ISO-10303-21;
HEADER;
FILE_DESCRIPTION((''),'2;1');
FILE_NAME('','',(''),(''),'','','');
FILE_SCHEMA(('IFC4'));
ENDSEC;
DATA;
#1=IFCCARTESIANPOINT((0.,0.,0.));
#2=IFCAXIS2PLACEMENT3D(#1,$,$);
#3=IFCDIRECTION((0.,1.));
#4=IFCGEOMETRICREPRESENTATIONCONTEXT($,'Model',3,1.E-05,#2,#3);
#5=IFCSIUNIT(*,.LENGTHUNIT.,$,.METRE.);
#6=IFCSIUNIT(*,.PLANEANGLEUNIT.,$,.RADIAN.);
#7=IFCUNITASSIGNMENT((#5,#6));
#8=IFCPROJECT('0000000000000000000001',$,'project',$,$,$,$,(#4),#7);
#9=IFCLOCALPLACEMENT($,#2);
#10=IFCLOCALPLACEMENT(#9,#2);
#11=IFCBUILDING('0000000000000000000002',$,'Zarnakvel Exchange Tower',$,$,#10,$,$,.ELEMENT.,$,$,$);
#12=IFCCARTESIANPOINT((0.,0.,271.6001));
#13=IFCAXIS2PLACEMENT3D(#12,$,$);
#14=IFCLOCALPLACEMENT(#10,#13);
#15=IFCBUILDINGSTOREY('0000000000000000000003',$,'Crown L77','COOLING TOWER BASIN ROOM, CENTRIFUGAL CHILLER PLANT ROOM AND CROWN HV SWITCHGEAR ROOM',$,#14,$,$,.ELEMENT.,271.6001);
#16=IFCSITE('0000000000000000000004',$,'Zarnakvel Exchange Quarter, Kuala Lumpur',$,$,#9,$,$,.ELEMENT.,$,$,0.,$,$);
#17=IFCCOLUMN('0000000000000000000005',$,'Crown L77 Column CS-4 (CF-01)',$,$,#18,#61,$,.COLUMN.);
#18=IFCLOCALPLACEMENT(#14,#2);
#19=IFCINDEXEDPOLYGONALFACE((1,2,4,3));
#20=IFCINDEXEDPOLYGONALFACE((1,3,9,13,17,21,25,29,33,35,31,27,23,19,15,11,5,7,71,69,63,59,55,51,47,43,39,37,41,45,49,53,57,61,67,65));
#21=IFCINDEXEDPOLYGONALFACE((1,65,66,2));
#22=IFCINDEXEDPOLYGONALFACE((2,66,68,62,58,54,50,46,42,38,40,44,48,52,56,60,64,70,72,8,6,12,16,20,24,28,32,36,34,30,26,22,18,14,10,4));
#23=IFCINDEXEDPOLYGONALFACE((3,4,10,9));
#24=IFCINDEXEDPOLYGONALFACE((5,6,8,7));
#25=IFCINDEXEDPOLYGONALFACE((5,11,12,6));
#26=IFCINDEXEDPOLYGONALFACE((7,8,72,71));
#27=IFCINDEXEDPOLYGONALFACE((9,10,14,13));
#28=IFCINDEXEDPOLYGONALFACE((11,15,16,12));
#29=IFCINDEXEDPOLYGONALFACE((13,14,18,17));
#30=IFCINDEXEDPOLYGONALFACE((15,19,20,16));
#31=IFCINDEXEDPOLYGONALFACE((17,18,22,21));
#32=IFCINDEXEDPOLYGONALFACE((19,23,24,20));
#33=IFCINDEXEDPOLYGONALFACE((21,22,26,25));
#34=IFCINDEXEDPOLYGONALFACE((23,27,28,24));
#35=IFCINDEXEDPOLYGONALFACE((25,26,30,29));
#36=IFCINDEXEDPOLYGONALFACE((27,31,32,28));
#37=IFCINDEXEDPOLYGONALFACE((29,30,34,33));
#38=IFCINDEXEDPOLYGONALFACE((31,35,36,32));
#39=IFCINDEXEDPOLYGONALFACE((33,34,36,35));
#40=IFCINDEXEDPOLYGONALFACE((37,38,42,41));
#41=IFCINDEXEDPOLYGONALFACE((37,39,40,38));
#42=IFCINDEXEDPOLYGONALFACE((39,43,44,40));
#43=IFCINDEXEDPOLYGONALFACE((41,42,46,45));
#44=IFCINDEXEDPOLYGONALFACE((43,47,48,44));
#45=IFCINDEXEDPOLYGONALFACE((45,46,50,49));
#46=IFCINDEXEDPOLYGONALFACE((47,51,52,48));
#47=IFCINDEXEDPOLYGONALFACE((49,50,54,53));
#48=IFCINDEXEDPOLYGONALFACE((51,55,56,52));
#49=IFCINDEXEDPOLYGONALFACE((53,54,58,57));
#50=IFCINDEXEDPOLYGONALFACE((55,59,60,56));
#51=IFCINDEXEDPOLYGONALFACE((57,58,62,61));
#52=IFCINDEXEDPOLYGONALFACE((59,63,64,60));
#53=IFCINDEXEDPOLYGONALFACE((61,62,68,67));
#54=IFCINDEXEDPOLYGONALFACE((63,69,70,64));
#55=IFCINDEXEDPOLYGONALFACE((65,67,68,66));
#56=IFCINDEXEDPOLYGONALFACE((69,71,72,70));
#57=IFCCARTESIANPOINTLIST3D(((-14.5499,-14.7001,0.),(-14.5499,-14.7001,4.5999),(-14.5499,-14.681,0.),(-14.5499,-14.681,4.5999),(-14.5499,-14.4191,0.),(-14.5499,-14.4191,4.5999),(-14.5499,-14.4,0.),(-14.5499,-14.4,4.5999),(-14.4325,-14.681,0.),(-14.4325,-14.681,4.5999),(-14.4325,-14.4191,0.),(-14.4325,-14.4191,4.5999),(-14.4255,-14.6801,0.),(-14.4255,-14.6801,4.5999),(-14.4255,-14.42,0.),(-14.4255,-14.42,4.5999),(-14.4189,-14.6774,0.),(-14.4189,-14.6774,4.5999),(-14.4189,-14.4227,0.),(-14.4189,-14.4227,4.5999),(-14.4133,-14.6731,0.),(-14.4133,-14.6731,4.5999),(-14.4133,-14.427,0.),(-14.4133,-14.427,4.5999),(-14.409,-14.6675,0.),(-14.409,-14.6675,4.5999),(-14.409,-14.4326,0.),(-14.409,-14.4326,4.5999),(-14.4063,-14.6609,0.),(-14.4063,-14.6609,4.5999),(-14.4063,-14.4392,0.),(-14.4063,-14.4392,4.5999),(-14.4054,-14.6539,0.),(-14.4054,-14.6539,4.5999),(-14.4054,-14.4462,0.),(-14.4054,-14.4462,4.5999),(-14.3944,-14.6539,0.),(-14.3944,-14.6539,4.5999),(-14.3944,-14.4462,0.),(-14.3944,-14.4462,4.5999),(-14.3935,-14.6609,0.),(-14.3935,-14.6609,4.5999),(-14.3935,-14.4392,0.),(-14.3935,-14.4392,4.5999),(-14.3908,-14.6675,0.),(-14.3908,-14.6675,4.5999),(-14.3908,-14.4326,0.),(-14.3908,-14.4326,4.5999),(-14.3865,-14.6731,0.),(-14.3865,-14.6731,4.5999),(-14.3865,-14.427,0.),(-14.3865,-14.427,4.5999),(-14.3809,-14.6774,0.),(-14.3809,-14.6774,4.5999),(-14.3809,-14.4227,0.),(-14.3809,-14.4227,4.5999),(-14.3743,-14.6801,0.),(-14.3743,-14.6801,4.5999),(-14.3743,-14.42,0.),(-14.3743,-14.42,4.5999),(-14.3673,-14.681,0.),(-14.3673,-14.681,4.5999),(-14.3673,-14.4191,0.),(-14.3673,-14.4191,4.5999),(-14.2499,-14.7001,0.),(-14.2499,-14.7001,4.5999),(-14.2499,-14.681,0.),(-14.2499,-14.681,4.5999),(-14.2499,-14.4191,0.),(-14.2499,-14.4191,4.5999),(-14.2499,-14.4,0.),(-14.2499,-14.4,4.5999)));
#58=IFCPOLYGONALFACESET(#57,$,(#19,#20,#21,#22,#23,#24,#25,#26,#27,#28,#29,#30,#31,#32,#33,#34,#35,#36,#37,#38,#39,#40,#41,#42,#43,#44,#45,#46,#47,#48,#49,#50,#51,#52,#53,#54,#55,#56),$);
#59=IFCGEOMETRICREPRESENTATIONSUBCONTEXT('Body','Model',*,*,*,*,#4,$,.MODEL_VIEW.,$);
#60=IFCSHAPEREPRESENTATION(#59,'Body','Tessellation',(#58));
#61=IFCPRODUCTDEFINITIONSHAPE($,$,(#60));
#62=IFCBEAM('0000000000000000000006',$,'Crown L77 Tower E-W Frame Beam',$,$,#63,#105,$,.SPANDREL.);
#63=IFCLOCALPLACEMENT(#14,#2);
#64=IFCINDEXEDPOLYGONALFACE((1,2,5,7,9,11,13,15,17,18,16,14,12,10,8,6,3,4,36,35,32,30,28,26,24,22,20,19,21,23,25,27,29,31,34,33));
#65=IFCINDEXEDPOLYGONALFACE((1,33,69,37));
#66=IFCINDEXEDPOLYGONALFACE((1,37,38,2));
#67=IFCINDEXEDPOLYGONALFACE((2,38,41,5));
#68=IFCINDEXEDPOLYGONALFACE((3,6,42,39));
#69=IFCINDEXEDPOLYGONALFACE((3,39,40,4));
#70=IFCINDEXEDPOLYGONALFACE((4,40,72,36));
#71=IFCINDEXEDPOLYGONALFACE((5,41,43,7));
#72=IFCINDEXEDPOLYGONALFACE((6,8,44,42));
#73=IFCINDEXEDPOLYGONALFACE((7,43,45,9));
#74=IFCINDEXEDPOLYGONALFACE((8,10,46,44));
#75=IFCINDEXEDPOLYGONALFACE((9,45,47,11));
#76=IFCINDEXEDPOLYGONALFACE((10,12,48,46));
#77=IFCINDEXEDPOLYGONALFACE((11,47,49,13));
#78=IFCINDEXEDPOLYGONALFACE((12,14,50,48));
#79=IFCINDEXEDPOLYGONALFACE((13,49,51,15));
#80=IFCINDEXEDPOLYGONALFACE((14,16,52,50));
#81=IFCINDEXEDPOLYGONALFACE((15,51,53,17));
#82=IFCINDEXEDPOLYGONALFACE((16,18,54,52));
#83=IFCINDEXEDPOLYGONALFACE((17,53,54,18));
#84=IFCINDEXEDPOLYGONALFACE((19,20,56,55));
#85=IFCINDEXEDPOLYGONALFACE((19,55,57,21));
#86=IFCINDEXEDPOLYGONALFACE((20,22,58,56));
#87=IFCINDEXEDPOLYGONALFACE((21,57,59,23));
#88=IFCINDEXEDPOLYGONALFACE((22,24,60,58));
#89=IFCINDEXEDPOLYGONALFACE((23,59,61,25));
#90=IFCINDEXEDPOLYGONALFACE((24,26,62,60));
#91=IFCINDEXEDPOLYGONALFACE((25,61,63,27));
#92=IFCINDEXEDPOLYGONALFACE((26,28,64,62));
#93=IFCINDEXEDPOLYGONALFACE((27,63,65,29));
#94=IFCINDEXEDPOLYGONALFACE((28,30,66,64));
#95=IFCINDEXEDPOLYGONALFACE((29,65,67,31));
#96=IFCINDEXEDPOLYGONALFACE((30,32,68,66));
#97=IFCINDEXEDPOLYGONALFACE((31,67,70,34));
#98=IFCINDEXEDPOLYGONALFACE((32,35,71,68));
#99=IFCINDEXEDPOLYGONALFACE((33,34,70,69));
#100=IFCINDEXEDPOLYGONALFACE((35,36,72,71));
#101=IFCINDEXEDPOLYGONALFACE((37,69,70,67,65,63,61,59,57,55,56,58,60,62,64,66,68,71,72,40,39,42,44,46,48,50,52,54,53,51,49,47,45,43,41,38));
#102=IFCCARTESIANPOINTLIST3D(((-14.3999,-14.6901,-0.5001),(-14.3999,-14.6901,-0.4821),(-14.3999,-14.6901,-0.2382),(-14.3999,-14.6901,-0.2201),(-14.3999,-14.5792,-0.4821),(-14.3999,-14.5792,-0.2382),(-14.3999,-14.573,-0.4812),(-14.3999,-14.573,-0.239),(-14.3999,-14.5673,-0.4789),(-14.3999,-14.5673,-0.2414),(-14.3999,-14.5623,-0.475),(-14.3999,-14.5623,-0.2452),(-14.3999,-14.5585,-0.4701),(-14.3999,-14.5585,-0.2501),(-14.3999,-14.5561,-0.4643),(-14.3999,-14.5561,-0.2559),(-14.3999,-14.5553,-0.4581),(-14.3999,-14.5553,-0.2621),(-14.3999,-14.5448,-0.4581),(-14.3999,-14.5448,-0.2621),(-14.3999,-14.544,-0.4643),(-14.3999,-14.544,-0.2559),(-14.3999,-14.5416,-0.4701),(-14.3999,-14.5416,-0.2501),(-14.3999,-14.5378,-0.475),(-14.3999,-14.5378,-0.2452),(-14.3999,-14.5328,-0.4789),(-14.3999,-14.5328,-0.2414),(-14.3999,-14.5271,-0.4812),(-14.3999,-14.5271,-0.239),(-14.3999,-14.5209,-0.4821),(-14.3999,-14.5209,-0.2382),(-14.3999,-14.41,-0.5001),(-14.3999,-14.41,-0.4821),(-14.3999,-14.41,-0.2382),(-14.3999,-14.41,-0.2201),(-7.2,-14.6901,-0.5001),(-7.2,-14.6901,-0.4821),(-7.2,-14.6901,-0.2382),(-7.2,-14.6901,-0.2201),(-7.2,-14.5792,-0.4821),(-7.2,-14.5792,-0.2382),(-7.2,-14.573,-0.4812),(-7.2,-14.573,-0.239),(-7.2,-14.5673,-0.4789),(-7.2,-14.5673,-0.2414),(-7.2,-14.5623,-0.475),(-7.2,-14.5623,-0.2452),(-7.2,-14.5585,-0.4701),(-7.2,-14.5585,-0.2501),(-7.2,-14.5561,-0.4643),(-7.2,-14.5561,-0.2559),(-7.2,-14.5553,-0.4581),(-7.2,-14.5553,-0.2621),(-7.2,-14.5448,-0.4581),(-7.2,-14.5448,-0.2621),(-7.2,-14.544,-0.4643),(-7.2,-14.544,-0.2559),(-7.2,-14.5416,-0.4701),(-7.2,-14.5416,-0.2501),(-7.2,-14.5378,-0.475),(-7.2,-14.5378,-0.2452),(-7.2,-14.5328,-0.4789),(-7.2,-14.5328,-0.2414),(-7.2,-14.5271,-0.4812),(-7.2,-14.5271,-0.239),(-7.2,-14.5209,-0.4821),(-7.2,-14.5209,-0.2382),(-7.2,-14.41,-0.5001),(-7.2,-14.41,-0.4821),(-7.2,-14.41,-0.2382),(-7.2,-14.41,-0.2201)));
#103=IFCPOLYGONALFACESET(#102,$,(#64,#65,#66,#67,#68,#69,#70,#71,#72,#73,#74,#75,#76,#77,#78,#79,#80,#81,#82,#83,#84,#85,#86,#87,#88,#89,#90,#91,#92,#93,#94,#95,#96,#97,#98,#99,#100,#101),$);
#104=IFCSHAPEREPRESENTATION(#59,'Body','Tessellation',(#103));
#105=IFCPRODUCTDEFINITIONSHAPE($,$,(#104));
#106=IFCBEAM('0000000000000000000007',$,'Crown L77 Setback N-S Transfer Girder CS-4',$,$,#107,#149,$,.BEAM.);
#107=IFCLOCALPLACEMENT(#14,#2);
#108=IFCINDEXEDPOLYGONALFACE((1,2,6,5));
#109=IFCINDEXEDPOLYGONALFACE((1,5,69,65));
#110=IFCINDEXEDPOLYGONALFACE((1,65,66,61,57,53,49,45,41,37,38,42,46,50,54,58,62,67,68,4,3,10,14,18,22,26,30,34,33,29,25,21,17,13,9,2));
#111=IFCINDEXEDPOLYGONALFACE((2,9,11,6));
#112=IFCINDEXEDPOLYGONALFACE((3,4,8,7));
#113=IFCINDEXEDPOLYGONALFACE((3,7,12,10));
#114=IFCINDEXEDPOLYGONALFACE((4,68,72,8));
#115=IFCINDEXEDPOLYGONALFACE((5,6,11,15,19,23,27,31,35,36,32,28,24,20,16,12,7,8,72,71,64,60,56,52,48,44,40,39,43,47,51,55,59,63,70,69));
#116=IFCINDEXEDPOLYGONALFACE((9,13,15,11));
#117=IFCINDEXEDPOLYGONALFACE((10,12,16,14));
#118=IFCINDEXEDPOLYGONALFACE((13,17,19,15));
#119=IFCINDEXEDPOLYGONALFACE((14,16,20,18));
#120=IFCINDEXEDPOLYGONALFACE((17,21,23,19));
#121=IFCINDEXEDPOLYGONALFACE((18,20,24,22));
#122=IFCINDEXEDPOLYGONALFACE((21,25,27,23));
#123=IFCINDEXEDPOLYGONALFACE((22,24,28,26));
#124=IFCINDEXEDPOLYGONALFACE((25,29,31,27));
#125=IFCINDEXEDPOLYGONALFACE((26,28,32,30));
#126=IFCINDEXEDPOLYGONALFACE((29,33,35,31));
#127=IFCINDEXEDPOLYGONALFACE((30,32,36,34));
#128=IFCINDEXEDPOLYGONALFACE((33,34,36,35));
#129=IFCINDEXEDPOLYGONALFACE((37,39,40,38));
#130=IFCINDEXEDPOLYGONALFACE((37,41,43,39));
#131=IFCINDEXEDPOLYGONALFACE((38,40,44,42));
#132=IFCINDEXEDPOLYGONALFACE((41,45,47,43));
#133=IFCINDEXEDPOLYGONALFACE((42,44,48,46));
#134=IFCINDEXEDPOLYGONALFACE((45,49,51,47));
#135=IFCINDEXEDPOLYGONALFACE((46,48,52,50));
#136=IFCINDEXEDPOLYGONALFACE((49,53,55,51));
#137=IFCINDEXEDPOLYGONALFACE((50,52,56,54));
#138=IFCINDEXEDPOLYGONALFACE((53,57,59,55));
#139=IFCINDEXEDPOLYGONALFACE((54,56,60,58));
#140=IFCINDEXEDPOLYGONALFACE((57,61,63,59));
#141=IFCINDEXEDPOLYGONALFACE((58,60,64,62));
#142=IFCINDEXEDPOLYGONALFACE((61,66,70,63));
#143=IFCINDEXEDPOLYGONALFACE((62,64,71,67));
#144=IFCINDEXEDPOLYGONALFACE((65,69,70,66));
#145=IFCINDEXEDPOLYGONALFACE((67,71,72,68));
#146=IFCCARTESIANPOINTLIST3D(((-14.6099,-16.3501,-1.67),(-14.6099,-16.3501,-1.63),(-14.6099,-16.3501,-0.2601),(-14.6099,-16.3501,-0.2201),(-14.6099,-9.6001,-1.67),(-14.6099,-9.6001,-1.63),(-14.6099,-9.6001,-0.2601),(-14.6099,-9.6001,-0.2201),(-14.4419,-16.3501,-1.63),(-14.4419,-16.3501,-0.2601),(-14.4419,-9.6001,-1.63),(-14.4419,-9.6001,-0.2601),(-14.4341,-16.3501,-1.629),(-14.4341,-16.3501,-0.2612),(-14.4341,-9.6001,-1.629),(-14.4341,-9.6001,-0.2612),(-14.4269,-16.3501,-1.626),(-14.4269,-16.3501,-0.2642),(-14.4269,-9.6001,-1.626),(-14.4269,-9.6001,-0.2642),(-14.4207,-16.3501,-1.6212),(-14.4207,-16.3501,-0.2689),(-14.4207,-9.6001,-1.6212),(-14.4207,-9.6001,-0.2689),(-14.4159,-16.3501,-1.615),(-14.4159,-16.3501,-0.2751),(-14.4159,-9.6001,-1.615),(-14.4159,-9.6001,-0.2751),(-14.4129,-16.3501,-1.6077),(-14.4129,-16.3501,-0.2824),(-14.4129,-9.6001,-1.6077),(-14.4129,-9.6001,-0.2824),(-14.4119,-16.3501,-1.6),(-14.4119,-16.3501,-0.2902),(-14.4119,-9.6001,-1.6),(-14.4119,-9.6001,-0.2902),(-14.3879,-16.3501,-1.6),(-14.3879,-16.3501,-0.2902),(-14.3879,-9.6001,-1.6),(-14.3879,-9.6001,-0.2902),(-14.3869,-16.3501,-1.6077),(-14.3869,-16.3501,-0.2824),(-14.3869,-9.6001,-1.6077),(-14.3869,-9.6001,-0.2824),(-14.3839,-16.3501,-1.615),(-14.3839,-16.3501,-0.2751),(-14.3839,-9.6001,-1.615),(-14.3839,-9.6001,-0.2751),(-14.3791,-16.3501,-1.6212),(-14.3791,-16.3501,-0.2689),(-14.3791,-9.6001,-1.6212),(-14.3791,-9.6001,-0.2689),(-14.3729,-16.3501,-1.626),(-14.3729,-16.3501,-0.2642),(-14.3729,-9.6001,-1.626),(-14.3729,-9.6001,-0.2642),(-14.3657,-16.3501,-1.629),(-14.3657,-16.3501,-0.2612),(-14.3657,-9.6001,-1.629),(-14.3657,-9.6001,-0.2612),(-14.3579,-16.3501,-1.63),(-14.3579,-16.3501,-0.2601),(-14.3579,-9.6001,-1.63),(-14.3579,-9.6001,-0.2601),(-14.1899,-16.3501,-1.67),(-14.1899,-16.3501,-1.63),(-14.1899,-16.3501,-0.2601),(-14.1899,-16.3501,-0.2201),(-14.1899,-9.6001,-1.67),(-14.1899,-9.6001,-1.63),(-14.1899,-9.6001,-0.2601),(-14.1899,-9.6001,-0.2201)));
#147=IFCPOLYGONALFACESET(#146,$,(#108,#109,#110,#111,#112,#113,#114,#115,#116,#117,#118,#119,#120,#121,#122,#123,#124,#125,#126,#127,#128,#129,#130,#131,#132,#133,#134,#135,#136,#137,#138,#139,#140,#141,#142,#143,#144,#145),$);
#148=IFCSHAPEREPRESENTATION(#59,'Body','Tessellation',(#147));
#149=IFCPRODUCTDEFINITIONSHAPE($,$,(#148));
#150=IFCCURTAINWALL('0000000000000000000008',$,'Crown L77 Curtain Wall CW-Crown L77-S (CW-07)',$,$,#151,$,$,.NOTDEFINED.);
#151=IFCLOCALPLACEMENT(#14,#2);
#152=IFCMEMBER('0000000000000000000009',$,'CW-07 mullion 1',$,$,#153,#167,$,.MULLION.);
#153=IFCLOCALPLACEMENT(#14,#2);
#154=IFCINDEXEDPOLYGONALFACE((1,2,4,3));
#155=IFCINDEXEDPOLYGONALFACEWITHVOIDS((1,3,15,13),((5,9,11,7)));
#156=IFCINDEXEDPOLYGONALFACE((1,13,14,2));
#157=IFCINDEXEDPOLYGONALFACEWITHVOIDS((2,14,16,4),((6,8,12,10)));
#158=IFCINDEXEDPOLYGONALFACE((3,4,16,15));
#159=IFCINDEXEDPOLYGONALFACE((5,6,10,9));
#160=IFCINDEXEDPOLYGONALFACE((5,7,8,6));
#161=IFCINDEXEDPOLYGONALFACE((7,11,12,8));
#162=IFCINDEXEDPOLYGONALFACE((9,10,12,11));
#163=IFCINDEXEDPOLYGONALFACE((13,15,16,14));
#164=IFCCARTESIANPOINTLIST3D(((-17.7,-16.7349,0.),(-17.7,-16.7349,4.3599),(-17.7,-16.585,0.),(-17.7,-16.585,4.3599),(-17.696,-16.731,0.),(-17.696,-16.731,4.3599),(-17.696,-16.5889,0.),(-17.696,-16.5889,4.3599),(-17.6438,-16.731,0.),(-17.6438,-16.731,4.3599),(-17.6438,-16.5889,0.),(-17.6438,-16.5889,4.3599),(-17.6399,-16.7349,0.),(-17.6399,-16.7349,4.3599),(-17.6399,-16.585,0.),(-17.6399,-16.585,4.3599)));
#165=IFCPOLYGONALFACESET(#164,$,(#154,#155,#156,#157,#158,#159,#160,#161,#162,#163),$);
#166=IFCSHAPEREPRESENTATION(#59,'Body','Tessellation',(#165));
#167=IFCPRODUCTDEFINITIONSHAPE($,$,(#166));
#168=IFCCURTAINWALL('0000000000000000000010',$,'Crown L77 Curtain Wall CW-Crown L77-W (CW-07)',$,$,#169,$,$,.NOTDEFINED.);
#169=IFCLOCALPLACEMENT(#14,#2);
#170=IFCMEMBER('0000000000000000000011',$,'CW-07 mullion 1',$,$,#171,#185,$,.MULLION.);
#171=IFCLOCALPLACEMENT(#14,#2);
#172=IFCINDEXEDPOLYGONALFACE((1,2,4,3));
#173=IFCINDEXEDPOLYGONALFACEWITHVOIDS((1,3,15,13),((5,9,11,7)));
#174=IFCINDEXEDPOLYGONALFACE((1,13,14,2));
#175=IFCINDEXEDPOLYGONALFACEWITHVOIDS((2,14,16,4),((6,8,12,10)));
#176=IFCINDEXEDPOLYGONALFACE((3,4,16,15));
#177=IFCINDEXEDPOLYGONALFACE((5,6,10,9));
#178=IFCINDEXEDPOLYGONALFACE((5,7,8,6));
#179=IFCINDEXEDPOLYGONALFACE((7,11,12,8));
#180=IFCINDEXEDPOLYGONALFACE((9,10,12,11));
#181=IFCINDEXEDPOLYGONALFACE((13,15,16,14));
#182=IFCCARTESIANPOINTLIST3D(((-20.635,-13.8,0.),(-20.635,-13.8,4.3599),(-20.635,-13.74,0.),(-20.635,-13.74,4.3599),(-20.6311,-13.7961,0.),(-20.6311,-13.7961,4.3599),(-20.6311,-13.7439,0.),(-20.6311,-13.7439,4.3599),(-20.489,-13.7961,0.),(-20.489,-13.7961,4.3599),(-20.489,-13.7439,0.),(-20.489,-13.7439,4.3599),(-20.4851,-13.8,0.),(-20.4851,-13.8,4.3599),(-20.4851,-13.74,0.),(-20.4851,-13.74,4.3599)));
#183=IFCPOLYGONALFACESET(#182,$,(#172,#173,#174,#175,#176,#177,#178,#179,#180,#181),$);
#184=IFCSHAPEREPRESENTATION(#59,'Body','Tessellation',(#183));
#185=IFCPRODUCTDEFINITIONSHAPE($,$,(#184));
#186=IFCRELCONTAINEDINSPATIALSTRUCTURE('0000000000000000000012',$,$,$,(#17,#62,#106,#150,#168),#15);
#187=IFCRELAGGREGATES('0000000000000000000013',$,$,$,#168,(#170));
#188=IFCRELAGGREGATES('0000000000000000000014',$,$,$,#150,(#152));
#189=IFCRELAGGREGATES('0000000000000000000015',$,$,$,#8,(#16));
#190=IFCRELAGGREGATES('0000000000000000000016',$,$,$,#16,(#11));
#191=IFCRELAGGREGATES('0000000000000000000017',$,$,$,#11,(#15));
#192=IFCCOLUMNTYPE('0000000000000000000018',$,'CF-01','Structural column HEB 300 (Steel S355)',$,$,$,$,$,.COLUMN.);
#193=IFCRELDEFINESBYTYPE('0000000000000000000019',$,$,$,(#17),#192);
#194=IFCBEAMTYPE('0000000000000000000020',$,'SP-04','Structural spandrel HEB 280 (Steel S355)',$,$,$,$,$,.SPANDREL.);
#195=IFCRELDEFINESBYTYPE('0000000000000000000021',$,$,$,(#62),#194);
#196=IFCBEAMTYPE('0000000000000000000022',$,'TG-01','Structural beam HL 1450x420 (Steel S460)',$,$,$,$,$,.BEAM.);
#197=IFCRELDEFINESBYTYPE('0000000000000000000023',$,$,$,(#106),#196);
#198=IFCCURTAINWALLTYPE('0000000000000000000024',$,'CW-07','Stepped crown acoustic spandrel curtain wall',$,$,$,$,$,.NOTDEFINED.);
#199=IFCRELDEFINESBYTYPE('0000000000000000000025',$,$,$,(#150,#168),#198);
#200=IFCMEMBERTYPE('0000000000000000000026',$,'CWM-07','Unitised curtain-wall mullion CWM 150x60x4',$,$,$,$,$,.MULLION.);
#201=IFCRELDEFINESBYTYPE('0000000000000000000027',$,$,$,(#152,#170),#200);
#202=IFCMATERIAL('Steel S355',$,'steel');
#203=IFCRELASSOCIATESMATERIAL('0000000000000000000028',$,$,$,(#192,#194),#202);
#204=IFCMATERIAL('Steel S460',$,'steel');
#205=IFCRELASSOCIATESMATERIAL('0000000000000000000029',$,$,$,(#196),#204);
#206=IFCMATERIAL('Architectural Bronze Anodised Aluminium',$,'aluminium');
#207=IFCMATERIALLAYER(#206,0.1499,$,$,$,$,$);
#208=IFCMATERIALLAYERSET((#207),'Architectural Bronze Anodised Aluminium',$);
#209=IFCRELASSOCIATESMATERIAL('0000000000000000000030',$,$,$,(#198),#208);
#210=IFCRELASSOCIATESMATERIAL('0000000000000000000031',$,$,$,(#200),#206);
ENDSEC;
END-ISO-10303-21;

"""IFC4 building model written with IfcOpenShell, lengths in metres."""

from ifc_helpers import new_model, si_unit, direction, frame, origin, origin_2d, place, context, subcontext, project, spatial, hollow_rectangle, i_section, extrude, source, transform, mapped, material, layer, layer_set, material_profile, profile_set, type_object, element, aggregate, save


model = new_model("IFC4")

# Units and contexts
model_context = context("Model", 3, precision=1e-05, world=origin(), true_north=direction((0.0, 1.0)))
body_context = subcontext(model_context, "Body", "Model", "MODEL_VIEW")
ifc_project = project(units=[si_unit("LENGTHUNIT", "METRE"), si_unit("PLANEANGLEUNIT", "RADIAN")], contexts=[model_context])

# Site, building, storey
site_placement = place(None, origin())
site = spatial("IfcSite", under=ifc_project, at=site_placement, Name="Zarnakvel Exchange Quarter, Kuala Lumpur", CompositionType="ELEMENT", RefElevation=0.0)
building_placement = place(site_placement, origin())
building = spatial("IfcBuilding", under=site, at=building_placement, Name="Zarnakvel Exchange Tower", CompositionType="ELEMENT")
storey_placement = place(building_placement, frame((0.0, 0.0, 271.6001)))
storey = spatial("IfcBuildingStorey", under=building, at=storey_placement, Name="Crown L77", Description="COOLING TOWER BASIN ROOM, CENTRIFUGAL CHILLER PLANT ROOM AND CROWN HV SWITCHGEAR ROOM", CompositionType="ELEMENT", Elevation=271.6001)

# Column
ifc_material_1 = material(Name="Steel S355", Category="steel")
ifc_material_profile_1 = material_profile(ifc_material_1, i_section(OverallWidth=0.3, OverallDepth=0.3, WebThickness=0.011, FlangeThickness=0.019, FilletRadius=0.0271, at=origin_2d()))
ifc_profile_set_1 = profile_set([ifc_material_profile_1], Name="Steel S355")
column_type = type_object("IfcColumnType", Name="CF-01", Description="Structural column HEB 300 (Steel S355)", PredefinedType="COLUMN", material=ifc_profile_set_1)
column_placement = place(storey_placement, frame((-14.3999, -14.55, 0.0), z_axis=(0.0, 0.0, 1.0), x_axis=(1.0, 0.0, 0.0)))
element("IfcColumn", 1, at=column_placement, inside=storey, type_object=column_type, Name="Crown L77 Column CS-4 (CF-01)", PredefinedType="COLUMN", context=body_context, shape_type="SweptSolid", body=[
    extrude(i_section(OverallWidth=0.3, OverallDepth=0.3, WebThickness=0.011, FlangeThickness=0.019, FilletRadius=0.0271, at=origin_2d()), origin(), (0.0, 0.0, 1.0), 4.5999),
])

# Beams
ifc_material_profile_2 = material_profile(ifc_material_1, i_section(OverallWidth=0.28, OverallDepth=0.28, WebThickness=0.0105, FlangeThickness=0.0181, FilletRadius=0.0239, at=origin_2d()))
ifc_profile_set_2 = profile_set([ifc_material_profile_2], Name="Steel S355")
beam_type_1 = type_object("IfcBeamType", Name="SP-04", Description="Structural spandrel HEB 280 (Steel S355)", PredefinedType="SPANDREL", material=ifc_profile_set_2)
beam_1_placement = place(storey_placement, frame((-14.3999, -14.55, -0.3601), z_axis=(1.0, 0.0, 0.0), x_axis=(0.0, 1.0, 0.0)))
element("IfcBeam", 2, at=beam_1_placement, inside=storey, type_object=beam_type_1, Name="Crown L77 Tower E-W Frame Beam", PredefinedType="SPANDREL", context=body_context, shape_type="SweptSolid", body=[
    extrude(i_section(OverallWidth=0.28, OverallDepth=0.28, WebThickness=0.0105, FlangeThickness=0.0181, FilletRadius=0.0239, at=origin_2d()), origin(), (0.0, 0.0, 1.0), 7.2),
])
ifc_material_2 = material(Name="Steel S460", Category="steel")
ifc_material_profile_3 = material_profile(ifc_material_2, i_section(OverallWidth=0.4199, OverallDepth=1.45, WebThickness=0.0239, FlangeThickness=0.04, FilletRadius=0.03, at=origin_2d()))
ifc_profile_set_3 = profile_set([ifc_material_profile_3], Name="Steel S460")
beam_type_2 = type_object("IfcBeamType", Name="TG-01", Description="Structural beam HL 1450x420 (Steel S460)", PredefinedType="BEAM", material=ifc_profile_set_3)
beam_2_placement = place(storey_placement, frame((-14.3999, -16.3501, -0.9451), z_axis=(0.0, 1.0, 0.0), x_axis=(-1.0, 0.0, 0.0)))
element("IfcBeam", 3, at=beam_2_placement, inside=storey, type_object=beam_type_2, Name="Crown L77 Setback N-S Transfer Girder CS-4", PredefinedType="BEAM", context=body_context, shape_type="SweptSolid", body=[
    extrude(i_section(OverallWidth=0.4199, OverallDepth=1.45, WebThickness=0.0239, FlangeThickness=0.04, FilletRadius=0.03, at=origin_2d()), origin(), (0.0, 0.0, 1.0), 6.75),
])

# Curtain walls, members
ifc_material_3 = material(Name="Architectural Bronze Anodised Aluminium", Category="aluminium")
ifc_layer_1 = layer(ifc_material_3, 0.1499)
ifc_layer_set_1 = layer_set([ifc_layer_1], Name="Architectural Bronze Anodised Aluminium")
curtain_wall_type = type_object("IfcCurtainWallType", Name="CW-07", Description="Stepped crown acoustic spandrel curtain wall", PredefinedType="NOTDEFINED", material=ifc_layer_set_1)
curtain_wall_1_placement = place(storey_placement, origin())
curtain_wall_1 = element("IfcCurtainWall", 4, at=curtain_wall_1_placement, inside=storey, type_object=curtain_wall_type, Name="Crown L77 Curtain Wall CW-Crown L77-S (CW-07)", PredefinedType="NOTDEFINED")
ifc_material_profile_4 = material_profile(ifc_material_3, hollow_rectangle(XDim=0.1499, YDim=0.0601, WallThickness=0.0039, at=origin_2d()))
ifc_profile_set_4 = profile_set([ifc_material_profile_4], Name="Architectural Bronze Anodised Aluminium")
member_type_1 = type_object("IfcMemberType", Name="CWM-07", Description="Unitised curtain-wall mullion CWM 150x60x4", PredefinedType="MULLION", material=ifc_profile_set_4)
shared_shape_1 = source(origin(), body_context, "Body", "SweptSolid", [
    extrude(hollow_rectangle(XDim=0.1499, YDim=0.0601, WallThickness=0.0039, at=origin_2d()), origin(), (0.0, 0.0, 1.0), 4.3599),
])
member_1_placement = place(storey_placement, frame((-17.6699, -16.6599, 0.0), z_axis=(0.0, 0.0, 1.0), x_axis=(0.0, 1.0, 0.0)))
member_1 = element("IfcMember", 5, at=member_1_placement, type_object=member_type_1, Name="CW-07 mullion 1", PredefinedType="MULLION", context=body_context, shape_type="MappedRepresentation", body=[
    mapped(shared_shape_1, transform((0.0, 0.0, 0.0), x_axis=(1.0, 0.0, 0.0), y_axis=(0.0, 1.0, 0.0), z_axis=(0.0, 0.0, 1.0), scale=1.0)),
])
curtain_wall_2_placement = place(storey_placement, origin())
curtain_wall_2 = element("IfcCurtainWall", 6, at=curtain_wall_2_placement, inside=storey, type_object=curtain_wall_type, Name="Crown L77 Curtain Wall CW-Crown L77-W (CW-07)", PredefinedType="NOTDEFINED")
member_2_placement = place(storey_placement, frame((-20.5601, -13.77, 0.0), z_axis=(0.0, 0.0, 1.0), x_axis=(-1.0, 0.0, 0.0)))
member_2 = element("IfcMember", 7, at=member_2_placement, type_object=member_type_1, Name="CW-07 mullion 1", PredefinedType="MULLION", context=body_context, shape_type="MappedRepresentation", body=[
    mapped(shared_shape_1, transform((0.0, 0.0, 0.0), x_axis=(1.0, 0.0, 0.0), y_axis=(0.0, 1.0, 0.0), z_axis=(0.0, 0.0, 1.0), scale=1.0)),
])

aggregate(curtain_wall_2, [member_2])

aggregate(curtain_wall_1, [member_1])

save(model, "model.ifc")
